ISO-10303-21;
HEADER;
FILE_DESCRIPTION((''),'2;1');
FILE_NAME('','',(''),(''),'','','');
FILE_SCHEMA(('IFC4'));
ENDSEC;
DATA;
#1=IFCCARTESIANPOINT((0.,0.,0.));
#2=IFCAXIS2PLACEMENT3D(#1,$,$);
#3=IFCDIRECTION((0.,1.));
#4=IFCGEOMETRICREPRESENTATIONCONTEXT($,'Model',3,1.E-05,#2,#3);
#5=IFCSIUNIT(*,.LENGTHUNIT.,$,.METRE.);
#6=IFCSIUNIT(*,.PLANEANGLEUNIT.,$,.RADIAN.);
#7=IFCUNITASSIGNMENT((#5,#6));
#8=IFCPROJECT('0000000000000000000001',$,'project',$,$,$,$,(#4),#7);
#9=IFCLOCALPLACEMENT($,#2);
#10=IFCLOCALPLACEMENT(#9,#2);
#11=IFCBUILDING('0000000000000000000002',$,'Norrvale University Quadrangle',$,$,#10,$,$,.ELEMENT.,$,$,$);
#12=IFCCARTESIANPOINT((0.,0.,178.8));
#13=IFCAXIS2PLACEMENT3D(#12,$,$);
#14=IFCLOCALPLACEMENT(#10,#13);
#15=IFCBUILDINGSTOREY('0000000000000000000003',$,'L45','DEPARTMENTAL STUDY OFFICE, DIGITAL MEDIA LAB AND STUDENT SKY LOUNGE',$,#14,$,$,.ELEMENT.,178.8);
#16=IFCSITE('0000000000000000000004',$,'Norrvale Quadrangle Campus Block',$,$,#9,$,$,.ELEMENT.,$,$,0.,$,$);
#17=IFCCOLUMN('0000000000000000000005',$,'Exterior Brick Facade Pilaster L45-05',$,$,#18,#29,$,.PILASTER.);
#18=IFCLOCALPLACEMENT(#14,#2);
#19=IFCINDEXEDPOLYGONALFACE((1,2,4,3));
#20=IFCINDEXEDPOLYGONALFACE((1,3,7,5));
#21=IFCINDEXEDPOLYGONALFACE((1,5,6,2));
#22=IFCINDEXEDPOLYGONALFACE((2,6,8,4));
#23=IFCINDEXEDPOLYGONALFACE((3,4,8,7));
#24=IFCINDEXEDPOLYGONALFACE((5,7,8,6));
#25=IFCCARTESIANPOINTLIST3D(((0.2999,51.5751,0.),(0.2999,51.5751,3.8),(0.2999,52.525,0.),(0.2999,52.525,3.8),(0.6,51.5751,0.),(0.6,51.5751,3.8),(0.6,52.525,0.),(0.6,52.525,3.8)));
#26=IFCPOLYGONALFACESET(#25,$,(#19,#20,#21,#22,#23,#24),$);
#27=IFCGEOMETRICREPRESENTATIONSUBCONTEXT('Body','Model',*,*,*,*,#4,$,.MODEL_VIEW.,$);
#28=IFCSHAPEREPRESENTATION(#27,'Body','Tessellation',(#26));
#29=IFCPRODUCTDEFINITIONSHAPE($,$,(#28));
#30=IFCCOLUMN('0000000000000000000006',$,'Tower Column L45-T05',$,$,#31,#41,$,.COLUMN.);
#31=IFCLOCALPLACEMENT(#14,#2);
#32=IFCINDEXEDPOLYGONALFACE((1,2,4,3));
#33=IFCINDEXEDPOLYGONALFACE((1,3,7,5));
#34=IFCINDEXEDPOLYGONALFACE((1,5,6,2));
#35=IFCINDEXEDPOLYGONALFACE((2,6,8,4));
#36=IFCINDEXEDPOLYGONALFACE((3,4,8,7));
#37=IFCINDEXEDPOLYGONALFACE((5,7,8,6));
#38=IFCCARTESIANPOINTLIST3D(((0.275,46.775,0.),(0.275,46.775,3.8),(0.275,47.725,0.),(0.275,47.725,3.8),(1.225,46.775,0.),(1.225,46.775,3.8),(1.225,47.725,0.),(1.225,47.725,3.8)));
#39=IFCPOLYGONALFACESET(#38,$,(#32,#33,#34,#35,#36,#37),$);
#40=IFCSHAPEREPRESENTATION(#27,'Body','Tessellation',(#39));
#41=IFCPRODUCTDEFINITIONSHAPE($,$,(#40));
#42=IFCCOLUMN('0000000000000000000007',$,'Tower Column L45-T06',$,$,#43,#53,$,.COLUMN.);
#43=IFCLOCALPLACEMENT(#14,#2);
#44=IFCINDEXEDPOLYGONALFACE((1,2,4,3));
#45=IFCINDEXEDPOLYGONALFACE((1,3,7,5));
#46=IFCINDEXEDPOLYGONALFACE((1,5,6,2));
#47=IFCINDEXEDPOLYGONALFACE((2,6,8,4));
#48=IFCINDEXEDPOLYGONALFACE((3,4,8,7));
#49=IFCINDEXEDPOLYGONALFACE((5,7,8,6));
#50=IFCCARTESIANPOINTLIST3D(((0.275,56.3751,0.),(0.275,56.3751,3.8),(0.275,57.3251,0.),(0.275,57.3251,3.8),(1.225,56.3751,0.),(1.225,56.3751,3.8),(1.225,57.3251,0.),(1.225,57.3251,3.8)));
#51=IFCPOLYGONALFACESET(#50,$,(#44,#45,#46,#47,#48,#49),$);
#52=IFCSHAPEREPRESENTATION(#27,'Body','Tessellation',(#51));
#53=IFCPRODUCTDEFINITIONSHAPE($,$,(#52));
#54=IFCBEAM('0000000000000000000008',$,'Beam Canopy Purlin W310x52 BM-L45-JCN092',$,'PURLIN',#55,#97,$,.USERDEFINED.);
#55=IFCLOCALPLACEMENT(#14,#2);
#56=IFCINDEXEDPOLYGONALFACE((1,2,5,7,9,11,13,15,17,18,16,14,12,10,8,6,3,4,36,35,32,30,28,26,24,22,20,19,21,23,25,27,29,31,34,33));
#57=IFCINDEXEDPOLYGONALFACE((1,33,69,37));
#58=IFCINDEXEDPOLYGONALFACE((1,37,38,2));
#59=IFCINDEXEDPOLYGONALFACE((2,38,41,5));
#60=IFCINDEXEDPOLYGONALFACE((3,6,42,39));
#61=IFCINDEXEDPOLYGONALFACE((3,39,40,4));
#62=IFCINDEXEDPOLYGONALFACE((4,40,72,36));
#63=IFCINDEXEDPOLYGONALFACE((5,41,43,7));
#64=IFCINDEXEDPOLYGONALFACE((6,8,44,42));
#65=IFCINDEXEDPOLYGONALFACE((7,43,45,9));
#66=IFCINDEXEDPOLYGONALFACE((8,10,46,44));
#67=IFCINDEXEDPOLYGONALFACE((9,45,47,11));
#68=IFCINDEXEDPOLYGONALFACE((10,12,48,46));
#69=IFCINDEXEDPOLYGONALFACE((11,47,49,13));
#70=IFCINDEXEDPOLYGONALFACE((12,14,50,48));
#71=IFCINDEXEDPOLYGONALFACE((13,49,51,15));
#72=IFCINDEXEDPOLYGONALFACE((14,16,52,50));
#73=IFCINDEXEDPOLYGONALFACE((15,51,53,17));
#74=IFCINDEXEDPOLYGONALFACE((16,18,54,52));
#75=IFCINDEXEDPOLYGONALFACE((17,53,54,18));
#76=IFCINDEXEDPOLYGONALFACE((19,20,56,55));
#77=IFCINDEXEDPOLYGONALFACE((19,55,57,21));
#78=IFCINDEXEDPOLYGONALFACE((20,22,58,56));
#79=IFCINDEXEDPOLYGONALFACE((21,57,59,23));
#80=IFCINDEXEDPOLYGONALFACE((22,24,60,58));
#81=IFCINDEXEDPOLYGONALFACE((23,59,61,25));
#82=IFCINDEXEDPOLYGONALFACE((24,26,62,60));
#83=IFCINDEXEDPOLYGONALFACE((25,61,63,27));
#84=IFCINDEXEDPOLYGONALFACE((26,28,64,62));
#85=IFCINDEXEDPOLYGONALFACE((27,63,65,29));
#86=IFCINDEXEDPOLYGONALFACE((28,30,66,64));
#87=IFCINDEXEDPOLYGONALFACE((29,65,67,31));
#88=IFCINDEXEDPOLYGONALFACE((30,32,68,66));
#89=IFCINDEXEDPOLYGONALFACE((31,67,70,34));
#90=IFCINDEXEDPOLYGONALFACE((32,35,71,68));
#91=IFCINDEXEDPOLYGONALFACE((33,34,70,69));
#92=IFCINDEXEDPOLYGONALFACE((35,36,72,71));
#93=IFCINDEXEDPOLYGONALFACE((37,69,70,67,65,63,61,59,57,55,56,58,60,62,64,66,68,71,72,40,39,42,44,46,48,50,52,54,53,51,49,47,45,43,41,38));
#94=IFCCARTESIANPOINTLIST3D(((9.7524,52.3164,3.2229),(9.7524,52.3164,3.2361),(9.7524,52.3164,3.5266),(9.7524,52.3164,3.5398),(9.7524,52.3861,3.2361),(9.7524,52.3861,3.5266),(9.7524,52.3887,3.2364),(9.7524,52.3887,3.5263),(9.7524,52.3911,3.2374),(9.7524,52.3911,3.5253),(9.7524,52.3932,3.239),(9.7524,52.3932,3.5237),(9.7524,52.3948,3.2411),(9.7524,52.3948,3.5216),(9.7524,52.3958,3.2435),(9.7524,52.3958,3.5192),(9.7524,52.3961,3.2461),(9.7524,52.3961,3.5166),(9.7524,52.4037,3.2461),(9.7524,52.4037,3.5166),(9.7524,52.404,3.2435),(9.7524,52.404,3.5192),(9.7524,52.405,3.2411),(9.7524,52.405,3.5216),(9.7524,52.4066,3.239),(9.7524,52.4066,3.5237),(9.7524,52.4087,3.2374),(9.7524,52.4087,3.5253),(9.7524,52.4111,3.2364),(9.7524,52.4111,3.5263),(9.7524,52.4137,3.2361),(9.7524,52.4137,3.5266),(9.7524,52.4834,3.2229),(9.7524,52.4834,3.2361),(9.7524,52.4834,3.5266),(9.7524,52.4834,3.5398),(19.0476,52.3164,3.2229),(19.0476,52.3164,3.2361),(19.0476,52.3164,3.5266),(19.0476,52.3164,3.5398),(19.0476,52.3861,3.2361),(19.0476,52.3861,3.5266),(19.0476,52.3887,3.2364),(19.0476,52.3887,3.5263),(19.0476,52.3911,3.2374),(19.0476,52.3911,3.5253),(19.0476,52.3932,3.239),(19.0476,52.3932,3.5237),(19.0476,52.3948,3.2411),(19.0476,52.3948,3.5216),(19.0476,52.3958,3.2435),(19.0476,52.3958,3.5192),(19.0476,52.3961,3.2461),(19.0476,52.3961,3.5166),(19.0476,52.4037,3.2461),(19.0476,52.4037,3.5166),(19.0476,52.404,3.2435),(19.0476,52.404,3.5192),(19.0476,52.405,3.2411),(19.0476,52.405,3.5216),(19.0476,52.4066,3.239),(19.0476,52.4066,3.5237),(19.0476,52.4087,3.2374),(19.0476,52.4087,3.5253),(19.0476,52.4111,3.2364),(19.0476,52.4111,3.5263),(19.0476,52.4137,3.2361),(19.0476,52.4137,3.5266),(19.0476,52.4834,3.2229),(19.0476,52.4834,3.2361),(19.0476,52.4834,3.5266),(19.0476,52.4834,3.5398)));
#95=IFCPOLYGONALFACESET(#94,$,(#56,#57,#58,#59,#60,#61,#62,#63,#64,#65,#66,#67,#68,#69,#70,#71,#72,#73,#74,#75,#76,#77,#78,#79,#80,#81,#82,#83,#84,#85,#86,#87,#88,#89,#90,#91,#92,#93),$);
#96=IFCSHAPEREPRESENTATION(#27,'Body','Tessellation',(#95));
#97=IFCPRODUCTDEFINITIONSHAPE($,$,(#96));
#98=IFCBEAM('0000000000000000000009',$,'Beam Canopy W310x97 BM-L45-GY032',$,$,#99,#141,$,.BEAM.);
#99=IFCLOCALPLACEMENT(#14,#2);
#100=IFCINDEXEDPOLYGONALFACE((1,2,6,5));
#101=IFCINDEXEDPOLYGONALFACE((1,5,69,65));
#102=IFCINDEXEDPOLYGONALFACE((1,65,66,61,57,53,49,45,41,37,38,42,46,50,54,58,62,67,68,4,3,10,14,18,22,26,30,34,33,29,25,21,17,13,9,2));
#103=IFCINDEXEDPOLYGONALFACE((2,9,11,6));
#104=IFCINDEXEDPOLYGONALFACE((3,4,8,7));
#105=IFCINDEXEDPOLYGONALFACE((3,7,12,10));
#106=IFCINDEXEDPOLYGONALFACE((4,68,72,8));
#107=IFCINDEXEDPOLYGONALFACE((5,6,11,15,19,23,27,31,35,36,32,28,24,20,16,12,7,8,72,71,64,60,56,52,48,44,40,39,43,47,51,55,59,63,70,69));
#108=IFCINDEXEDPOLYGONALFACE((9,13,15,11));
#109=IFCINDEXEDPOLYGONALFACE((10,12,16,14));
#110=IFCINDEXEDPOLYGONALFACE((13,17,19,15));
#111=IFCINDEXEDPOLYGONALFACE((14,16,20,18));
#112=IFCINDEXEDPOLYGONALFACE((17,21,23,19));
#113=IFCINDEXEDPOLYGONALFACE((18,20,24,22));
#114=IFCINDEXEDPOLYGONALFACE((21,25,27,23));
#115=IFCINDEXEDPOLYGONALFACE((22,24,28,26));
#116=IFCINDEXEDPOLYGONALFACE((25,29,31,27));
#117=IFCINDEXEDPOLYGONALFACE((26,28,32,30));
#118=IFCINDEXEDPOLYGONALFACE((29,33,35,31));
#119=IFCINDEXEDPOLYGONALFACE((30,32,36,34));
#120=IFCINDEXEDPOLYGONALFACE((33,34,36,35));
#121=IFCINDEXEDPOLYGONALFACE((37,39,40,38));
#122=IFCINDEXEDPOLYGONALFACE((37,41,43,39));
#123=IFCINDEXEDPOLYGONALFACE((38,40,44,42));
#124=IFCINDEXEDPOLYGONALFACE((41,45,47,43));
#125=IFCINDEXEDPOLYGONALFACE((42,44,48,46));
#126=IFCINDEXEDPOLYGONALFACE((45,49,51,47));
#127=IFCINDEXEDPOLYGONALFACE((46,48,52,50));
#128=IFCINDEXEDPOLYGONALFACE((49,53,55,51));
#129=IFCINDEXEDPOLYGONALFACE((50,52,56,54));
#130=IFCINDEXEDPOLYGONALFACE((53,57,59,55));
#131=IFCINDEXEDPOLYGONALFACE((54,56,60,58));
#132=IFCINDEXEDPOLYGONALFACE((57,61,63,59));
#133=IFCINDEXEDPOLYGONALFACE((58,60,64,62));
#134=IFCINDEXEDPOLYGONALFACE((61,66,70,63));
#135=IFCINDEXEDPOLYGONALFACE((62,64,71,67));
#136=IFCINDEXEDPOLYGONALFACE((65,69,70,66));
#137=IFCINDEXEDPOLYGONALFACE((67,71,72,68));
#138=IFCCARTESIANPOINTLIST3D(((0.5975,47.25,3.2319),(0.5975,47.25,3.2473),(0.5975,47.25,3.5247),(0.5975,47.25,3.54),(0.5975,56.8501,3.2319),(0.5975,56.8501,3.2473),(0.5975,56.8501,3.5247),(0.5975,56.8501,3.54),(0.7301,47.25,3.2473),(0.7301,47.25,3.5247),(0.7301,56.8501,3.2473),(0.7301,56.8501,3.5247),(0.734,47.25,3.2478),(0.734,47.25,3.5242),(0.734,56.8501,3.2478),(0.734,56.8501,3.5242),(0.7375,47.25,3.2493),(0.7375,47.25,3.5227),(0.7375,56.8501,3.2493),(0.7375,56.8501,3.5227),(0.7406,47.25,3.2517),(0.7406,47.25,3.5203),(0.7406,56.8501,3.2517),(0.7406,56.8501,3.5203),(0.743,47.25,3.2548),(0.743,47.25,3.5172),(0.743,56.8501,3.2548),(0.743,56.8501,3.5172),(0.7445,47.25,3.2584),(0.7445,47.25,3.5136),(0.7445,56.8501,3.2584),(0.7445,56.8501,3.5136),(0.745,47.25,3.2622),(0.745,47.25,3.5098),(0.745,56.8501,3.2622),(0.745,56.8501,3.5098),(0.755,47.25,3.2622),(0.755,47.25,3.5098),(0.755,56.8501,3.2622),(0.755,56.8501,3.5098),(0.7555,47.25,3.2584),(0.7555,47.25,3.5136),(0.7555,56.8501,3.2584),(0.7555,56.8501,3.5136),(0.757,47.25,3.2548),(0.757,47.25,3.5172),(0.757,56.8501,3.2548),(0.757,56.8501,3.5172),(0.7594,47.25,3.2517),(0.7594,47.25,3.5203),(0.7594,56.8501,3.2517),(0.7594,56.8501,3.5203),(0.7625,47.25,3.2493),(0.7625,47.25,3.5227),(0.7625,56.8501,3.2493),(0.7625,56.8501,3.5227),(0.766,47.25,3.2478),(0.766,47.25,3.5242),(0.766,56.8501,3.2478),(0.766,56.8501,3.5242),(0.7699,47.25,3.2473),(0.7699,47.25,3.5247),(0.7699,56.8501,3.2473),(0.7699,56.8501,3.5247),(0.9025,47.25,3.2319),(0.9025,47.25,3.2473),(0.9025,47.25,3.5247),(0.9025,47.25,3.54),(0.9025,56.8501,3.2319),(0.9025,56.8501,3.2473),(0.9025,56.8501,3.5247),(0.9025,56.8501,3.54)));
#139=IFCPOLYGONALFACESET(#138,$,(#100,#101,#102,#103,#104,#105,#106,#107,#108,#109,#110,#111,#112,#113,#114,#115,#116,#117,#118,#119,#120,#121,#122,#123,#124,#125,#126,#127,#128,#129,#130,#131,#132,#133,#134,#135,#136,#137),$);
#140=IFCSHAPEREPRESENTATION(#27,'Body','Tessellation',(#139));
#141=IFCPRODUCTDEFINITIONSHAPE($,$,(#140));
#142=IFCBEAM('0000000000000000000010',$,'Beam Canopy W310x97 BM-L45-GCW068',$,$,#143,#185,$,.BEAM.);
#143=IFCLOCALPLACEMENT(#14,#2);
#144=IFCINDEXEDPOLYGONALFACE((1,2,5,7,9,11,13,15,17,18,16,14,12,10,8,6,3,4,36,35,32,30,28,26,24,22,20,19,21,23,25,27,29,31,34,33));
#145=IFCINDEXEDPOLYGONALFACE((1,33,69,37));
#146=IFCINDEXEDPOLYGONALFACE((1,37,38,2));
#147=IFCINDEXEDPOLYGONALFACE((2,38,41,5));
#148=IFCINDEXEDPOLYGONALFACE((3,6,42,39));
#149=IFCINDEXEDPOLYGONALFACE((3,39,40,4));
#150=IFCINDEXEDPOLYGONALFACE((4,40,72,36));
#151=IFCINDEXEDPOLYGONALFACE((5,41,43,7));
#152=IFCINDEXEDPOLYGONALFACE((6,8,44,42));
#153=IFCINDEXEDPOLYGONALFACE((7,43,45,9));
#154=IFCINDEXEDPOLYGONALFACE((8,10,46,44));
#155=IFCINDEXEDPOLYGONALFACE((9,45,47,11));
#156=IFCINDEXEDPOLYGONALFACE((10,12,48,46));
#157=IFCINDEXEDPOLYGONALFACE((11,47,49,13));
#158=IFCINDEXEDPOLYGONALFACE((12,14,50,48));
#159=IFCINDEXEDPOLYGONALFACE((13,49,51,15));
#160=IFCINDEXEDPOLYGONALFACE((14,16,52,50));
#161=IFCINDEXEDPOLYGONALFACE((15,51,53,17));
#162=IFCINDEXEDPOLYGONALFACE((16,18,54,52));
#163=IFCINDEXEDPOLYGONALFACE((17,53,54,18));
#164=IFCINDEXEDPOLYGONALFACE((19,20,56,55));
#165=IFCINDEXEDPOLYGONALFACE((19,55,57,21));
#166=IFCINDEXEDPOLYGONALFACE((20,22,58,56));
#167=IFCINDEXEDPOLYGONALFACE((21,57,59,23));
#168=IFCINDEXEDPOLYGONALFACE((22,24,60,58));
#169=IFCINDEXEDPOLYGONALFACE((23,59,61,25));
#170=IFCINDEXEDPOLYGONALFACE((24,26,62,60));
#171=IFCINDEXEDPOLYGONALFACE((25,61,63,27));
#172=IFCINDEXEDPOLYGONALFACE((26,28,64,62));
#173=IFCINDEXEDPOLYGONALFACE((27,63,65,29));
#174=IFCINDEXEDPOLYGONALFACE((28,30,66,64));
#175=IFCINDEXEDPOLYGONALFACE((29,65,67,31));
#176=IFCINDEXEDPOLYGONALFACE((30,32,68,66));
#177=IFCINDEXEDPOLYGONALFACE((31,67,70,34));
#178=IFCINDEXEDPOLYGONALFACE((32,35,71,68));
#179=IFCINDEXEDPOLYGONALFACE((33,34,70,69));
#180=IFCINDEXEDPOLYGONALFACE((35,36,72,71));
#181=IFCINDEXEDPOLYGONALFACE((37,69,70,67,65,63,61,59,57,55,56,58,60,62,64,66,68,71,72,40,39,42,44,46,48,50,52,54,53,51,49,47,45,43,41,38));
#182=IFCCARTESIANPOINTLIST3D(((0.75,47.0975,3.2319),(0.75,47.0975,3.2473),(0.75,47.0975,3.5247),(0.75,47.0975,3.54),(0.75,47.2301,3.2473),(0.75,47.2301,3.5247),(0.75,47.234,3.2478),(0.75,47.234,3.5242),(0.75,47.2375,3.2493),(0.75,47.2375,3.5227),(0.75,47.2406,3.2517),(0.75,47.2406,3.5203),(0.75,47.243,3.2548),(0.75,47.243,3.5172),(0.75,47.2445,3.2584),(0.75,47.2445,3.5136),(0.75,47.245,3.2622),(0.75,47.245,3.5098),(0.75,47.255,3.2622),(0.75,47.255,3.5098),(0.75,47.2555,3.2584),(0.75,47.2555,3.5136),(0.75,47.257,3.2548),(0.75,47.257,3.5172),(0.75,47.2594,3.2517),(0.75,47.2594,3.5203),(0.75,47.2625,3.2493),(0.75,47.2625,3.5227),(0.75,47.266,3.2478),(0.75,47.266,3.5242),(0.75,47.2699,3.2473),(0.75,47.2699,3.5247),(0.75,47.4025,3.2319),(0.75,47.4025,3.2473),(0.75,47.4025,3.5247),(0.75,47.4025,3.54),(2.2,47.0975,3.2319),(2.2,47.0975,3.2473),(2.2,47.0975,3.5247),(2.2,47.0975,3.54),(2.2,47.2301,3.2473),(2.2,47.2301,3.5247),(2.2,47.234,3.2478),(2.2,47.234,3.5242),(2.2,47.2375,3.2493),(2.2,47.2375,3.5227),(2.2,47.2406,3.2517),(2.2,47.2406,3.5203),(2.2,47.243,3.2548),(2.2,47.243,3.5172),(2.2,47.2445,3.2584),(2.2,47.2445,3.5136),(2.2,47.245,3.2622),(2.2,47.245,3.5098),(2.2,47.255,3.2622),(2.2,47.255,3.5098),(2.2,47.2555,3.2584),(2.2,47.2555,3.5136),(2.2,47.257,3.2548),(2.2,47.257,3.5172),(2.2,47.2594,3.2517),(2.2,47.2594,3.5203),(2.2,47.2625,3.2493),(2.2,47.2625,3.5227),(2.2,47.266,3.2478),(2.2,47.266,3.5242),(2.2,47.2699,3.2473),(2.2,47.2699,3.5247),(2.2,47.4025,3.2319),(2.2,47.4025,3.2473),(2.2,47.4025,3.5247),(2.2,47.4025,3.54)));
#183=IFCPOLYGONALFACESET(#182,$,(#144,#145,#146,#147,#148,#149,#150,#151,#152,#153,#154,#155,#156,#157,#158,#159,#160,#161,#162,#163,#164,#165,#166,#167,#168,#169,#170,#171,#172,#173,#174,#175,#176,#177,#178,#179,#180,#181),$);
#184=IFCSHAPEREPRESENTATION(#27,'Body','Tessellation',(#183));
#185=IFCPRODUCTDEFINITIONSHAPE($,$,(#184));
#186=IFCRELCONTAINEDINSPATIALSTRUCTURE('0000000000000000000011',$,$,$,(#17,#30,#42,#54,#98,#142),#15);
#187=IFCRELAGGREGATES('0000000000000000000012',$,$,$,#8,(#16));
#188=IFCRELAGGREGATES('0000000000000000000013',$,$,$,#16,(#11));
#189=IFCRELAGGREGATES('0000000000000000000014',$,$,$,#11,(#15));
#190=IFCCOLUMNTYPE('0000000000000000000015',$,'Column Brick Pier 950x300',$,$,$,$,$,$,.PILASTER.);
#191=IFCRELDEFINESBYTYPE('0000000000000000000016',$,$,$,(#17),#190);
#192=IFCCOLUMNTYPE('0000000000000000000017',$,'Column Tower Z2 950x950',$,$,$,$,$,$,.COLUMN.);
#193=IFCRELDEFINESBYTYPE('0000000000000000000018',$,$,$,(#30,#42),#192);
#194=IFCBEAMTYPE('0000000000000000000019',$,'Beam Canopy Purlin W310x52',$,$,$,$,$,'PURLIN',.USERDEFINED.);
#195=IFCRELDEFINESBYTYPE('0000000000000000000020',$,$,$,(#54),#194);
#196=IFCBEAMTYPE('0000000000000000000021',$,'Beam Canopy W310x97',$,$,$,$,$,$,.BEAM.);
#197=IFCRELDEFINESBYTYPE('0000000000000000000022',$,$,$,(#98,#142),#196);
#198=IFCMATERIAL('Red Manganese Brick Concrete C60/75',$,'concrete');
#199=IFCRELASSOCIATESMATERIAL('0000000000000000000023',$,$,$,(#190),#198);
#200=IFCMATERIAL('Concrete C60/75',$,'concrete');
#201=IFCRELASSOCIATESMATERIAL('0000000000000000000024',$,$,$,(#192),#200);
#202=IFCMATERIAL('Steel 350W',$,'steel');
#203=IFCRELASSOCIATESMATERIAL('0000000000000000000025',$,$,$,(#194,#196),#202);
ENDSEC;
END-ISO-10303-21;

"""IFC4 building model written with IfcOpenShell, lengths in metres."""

from ifc_helpers import new_model, si_unit, direction, frame, origin, origin_2d, place, context, subcontext, project, spatial, rectangle, i_section, extrude, material, material_profile, profile_set, type_object, element, save


model = new_model("IFC4")

# Units and contexts
model_context = context("Model", 3, precision=1e-05, world=origin(), true_north=direction((0.0, 1.0)))
body_context = subcontext(model_context, "Body", "Model", "MODEL_VIEW")
ifc_project = project(units=[si_unit("LENGTHUNIT", "METRE"), si_unit("PLANEANGLEUNIT", "RADIAN")], contexts=[model_context])

# Site, building, storey
site_placement = place(None, origin())
site = spatial("IfcSite", under=ifc_project, at=site_placement, Name="Norrvale Quadrangle Campus Block", CompositionType="ELEMENT", RefElevation=0.0)
building_placement = place(site_placement, origin())
building = spatial("IfcBuilding", under=site, at=building_placement, Name="Norrvale University Quadrangle", CompositionType="ELEMENT")
storey_placement = place(building_placement, frame((0.0, 0.0, 178.8)))
storey = spatial("IfcBuildingStorey", under=building, at=storey_placement, Name="L45", Description="DEPARTMENTAL STUDY OFFICE, DIGITAL MEDIA LAB AND STUDENT SKY LOUNGE", CompositionType="ELEMENT", Elevation=178.8)

# Columns
ifc_material_1 = material(Name="Red Manganese Brick Concrete C60/75", Category="concrete")
ifc_material_profile_1 = material_profile(ifc_material_1, rectangle(XDim=0.95, YDim=0.3, at=origin_2d()), Name="Red Manganese Brick Concrete C60/75")
ifc_profile_set_1 = profile_set([ifc_material_profile_1], Name="Red Manganese Brick Concrete C60/75")
column_type_1 = type_object("IfcColumnType", Name="Column Brick Pier 950x300", PredefinedType="PILASTER", material=ifc_profile_set_1)
column_placement = place(storey_placement, frame((0.45, 52.05, 0.0), z_axis=(0.0, 0.0, 1.0), x_axis=(0.0, 1.0, 0.0)))
element("IfcColumn", 1, at=column_placement, inside=storey, type_object=column_type_1, Name="Exterior Brick Facade Pilaster L45-05", PredefinedType="PILASTER", context=body_context, shape_type="SweptSolid", body=[
    extrude(rectangle(XDim=0.95, YDim=0.3, at=origin_2d()), origin(), (0.0, 0.0, 1.0), 3.8),
])
ifc_material_2 = material(Name="Concrete C60/75", Category="concrete")
ifc_material_profile_2 = material_profile(ifc_material_2, rectangle(XDim=0.95, YDim=0.95, at=origin_2d()), Name="Concrete C60/75")
ifc_profile_set_2 = profile_set([ifc_material_profile_2], Name="Concrete C60/75")
column_type_2 = type_object("IfcColumnType", Name="Column Tower Z2 950x950", PredefinedType="COLUMN", material=ifc_profile_set_2)
for number, where, z_axis, x_axis, name in (
    (2, (0.75, 47.25, 0.0), (0.0, 0.0, 1.0), (1.0, 0.0, 0.0), "Tower Column L45-T05"),
    (3, (0.75, 56.8501, 0.0), (0.0, 0.0, 1.0), (1.0, 0.0, 0.0), "Tower Column L45-T06"),
):
    element("IfcColumn", number, at=place(storey_placement, frame(where, z_axis=z_axis, x_axis=x_axis)), inside=storey, type_object=column_type_2, Name=name, PredefinedType="COLUMN", context=body_context, shape_type="SweptSolid", body=[
        extrude(rectangle(XDim=0.95, YDim=0.95, at=origin_2d()), origin(), (0.0, 0.0, 1.0), 3.8),
    ])

# Beams
ifc_material_3 = material(Name="Steel 350W", Category="steel")
ifc_material_profile_3 = material_profile(ifc_material_3, i_section(OverallWidth=0.167, OverallDepth=0.3169, WebThickness=0.0076, FlangeThickness=0.0132, FilletRadius=0.01, at=origin_2d()), Name="Steel 350W")
ifc_profile_set_3 = profile_set([ifc_material_profile_3], Name="Steel 350W")
beam_type_1 = type_object("IfcBeamType", Name="Beam Canopy Purlin W310x52", ElementType="PURLIN", PredefinedType="USERDEFINED", material=ifc_profile_set_3)
beam_1_placement = place(storey_placement, frame((9.7524, 52.3999, 3.3813), z_axis=(1.0, 0.0, 0.0), x_axis=(0.0, 1.0, 0.0)))
element("IfcBeam", 4, at=beam_1_placement, inside=storey, type_object=beam_type_1, Name="Beam Canopy Purlin W310x52 BM-L45-JCN092", ObjectType="PURLIN", PredefinedType="USERDEFINED", context=body_context, shape_type="SweptSolid", body=[
    extrude(i_section(OverallWidth=0.167, OverallDepth=0.3169, WebThickness=0.0076, FlangeThickness=0.0132, FilletRadius=0.01, at=origin_2d()), origin(), (0.0, 0.0, 1.0), 9.2952),
])
ifc_material_profile_4 = material_profile(ifc_material_3, i_section(OverallWidth=0.3049, OverallDepth=0.3081, WebThickness=0.01, FlangeThickness=0.0154, FilletRadius=0.0149, at=origin_2d()), Name="Steel 350W")
ifc_profile_set_4 = profile_set([ifc_material_profile_4], Name="Steel 350W")
beam_type_2 = type_object("IfcBeamType", Name="Beam Canopy W310x97", PredefinedType="BEAM", material=ifc_profile_set_4)
beam_2_placement = place(storey_placement, frame((0.75, 47.25, 3.386), z_axis=(0.0, 1.0, 0.0), x_axis=(-1.0, 0.0, 0.0)))
element("IfcBeam", 5, at=beam_2_placement, inside=storey, type_object=beam_type_2, Name="Beam Canopy W310x97 BM-L45-GY032", PredefinedType="BEAM", context=body_context, shape_type="SweptSolid", body=[
    extrude(i_section(OverallWidth=0.3049, OverallDepth=0.3081, WebThickness=0.01, FlangeThickness=0.0154, FilletRadius=0.0149, at=origin_2d()), origin(), (0.0, 0.0, 1.0), 9.6001),
])
beam_3_placement = place(storey_placement, frame((0.75, 47.25, 3.386), z_axis=(1.0, 0.0, 0.0), x_axis=(0.0, 1.0, 0.0)))
element("IfcBeam", 6, at=beam_3_placement, inside=storey, type_object=beam_type_2, Name="Beam Canopy W310x97 BM-L45-GCW068", PredefinedType="BEAM", context=body_context, shape_type="SweptSolid", body=[
    extrude(i_section(OverallWidth=0.3049, OverallDepth=0.3081, WebThickness=0.01, FlangeThickness=0.0154, FilletRadius=0.0149, at=origin_2d()), origin(), (0.0, 0.0, 1.0), 1.45),
])

save(model, "model.ifc")
